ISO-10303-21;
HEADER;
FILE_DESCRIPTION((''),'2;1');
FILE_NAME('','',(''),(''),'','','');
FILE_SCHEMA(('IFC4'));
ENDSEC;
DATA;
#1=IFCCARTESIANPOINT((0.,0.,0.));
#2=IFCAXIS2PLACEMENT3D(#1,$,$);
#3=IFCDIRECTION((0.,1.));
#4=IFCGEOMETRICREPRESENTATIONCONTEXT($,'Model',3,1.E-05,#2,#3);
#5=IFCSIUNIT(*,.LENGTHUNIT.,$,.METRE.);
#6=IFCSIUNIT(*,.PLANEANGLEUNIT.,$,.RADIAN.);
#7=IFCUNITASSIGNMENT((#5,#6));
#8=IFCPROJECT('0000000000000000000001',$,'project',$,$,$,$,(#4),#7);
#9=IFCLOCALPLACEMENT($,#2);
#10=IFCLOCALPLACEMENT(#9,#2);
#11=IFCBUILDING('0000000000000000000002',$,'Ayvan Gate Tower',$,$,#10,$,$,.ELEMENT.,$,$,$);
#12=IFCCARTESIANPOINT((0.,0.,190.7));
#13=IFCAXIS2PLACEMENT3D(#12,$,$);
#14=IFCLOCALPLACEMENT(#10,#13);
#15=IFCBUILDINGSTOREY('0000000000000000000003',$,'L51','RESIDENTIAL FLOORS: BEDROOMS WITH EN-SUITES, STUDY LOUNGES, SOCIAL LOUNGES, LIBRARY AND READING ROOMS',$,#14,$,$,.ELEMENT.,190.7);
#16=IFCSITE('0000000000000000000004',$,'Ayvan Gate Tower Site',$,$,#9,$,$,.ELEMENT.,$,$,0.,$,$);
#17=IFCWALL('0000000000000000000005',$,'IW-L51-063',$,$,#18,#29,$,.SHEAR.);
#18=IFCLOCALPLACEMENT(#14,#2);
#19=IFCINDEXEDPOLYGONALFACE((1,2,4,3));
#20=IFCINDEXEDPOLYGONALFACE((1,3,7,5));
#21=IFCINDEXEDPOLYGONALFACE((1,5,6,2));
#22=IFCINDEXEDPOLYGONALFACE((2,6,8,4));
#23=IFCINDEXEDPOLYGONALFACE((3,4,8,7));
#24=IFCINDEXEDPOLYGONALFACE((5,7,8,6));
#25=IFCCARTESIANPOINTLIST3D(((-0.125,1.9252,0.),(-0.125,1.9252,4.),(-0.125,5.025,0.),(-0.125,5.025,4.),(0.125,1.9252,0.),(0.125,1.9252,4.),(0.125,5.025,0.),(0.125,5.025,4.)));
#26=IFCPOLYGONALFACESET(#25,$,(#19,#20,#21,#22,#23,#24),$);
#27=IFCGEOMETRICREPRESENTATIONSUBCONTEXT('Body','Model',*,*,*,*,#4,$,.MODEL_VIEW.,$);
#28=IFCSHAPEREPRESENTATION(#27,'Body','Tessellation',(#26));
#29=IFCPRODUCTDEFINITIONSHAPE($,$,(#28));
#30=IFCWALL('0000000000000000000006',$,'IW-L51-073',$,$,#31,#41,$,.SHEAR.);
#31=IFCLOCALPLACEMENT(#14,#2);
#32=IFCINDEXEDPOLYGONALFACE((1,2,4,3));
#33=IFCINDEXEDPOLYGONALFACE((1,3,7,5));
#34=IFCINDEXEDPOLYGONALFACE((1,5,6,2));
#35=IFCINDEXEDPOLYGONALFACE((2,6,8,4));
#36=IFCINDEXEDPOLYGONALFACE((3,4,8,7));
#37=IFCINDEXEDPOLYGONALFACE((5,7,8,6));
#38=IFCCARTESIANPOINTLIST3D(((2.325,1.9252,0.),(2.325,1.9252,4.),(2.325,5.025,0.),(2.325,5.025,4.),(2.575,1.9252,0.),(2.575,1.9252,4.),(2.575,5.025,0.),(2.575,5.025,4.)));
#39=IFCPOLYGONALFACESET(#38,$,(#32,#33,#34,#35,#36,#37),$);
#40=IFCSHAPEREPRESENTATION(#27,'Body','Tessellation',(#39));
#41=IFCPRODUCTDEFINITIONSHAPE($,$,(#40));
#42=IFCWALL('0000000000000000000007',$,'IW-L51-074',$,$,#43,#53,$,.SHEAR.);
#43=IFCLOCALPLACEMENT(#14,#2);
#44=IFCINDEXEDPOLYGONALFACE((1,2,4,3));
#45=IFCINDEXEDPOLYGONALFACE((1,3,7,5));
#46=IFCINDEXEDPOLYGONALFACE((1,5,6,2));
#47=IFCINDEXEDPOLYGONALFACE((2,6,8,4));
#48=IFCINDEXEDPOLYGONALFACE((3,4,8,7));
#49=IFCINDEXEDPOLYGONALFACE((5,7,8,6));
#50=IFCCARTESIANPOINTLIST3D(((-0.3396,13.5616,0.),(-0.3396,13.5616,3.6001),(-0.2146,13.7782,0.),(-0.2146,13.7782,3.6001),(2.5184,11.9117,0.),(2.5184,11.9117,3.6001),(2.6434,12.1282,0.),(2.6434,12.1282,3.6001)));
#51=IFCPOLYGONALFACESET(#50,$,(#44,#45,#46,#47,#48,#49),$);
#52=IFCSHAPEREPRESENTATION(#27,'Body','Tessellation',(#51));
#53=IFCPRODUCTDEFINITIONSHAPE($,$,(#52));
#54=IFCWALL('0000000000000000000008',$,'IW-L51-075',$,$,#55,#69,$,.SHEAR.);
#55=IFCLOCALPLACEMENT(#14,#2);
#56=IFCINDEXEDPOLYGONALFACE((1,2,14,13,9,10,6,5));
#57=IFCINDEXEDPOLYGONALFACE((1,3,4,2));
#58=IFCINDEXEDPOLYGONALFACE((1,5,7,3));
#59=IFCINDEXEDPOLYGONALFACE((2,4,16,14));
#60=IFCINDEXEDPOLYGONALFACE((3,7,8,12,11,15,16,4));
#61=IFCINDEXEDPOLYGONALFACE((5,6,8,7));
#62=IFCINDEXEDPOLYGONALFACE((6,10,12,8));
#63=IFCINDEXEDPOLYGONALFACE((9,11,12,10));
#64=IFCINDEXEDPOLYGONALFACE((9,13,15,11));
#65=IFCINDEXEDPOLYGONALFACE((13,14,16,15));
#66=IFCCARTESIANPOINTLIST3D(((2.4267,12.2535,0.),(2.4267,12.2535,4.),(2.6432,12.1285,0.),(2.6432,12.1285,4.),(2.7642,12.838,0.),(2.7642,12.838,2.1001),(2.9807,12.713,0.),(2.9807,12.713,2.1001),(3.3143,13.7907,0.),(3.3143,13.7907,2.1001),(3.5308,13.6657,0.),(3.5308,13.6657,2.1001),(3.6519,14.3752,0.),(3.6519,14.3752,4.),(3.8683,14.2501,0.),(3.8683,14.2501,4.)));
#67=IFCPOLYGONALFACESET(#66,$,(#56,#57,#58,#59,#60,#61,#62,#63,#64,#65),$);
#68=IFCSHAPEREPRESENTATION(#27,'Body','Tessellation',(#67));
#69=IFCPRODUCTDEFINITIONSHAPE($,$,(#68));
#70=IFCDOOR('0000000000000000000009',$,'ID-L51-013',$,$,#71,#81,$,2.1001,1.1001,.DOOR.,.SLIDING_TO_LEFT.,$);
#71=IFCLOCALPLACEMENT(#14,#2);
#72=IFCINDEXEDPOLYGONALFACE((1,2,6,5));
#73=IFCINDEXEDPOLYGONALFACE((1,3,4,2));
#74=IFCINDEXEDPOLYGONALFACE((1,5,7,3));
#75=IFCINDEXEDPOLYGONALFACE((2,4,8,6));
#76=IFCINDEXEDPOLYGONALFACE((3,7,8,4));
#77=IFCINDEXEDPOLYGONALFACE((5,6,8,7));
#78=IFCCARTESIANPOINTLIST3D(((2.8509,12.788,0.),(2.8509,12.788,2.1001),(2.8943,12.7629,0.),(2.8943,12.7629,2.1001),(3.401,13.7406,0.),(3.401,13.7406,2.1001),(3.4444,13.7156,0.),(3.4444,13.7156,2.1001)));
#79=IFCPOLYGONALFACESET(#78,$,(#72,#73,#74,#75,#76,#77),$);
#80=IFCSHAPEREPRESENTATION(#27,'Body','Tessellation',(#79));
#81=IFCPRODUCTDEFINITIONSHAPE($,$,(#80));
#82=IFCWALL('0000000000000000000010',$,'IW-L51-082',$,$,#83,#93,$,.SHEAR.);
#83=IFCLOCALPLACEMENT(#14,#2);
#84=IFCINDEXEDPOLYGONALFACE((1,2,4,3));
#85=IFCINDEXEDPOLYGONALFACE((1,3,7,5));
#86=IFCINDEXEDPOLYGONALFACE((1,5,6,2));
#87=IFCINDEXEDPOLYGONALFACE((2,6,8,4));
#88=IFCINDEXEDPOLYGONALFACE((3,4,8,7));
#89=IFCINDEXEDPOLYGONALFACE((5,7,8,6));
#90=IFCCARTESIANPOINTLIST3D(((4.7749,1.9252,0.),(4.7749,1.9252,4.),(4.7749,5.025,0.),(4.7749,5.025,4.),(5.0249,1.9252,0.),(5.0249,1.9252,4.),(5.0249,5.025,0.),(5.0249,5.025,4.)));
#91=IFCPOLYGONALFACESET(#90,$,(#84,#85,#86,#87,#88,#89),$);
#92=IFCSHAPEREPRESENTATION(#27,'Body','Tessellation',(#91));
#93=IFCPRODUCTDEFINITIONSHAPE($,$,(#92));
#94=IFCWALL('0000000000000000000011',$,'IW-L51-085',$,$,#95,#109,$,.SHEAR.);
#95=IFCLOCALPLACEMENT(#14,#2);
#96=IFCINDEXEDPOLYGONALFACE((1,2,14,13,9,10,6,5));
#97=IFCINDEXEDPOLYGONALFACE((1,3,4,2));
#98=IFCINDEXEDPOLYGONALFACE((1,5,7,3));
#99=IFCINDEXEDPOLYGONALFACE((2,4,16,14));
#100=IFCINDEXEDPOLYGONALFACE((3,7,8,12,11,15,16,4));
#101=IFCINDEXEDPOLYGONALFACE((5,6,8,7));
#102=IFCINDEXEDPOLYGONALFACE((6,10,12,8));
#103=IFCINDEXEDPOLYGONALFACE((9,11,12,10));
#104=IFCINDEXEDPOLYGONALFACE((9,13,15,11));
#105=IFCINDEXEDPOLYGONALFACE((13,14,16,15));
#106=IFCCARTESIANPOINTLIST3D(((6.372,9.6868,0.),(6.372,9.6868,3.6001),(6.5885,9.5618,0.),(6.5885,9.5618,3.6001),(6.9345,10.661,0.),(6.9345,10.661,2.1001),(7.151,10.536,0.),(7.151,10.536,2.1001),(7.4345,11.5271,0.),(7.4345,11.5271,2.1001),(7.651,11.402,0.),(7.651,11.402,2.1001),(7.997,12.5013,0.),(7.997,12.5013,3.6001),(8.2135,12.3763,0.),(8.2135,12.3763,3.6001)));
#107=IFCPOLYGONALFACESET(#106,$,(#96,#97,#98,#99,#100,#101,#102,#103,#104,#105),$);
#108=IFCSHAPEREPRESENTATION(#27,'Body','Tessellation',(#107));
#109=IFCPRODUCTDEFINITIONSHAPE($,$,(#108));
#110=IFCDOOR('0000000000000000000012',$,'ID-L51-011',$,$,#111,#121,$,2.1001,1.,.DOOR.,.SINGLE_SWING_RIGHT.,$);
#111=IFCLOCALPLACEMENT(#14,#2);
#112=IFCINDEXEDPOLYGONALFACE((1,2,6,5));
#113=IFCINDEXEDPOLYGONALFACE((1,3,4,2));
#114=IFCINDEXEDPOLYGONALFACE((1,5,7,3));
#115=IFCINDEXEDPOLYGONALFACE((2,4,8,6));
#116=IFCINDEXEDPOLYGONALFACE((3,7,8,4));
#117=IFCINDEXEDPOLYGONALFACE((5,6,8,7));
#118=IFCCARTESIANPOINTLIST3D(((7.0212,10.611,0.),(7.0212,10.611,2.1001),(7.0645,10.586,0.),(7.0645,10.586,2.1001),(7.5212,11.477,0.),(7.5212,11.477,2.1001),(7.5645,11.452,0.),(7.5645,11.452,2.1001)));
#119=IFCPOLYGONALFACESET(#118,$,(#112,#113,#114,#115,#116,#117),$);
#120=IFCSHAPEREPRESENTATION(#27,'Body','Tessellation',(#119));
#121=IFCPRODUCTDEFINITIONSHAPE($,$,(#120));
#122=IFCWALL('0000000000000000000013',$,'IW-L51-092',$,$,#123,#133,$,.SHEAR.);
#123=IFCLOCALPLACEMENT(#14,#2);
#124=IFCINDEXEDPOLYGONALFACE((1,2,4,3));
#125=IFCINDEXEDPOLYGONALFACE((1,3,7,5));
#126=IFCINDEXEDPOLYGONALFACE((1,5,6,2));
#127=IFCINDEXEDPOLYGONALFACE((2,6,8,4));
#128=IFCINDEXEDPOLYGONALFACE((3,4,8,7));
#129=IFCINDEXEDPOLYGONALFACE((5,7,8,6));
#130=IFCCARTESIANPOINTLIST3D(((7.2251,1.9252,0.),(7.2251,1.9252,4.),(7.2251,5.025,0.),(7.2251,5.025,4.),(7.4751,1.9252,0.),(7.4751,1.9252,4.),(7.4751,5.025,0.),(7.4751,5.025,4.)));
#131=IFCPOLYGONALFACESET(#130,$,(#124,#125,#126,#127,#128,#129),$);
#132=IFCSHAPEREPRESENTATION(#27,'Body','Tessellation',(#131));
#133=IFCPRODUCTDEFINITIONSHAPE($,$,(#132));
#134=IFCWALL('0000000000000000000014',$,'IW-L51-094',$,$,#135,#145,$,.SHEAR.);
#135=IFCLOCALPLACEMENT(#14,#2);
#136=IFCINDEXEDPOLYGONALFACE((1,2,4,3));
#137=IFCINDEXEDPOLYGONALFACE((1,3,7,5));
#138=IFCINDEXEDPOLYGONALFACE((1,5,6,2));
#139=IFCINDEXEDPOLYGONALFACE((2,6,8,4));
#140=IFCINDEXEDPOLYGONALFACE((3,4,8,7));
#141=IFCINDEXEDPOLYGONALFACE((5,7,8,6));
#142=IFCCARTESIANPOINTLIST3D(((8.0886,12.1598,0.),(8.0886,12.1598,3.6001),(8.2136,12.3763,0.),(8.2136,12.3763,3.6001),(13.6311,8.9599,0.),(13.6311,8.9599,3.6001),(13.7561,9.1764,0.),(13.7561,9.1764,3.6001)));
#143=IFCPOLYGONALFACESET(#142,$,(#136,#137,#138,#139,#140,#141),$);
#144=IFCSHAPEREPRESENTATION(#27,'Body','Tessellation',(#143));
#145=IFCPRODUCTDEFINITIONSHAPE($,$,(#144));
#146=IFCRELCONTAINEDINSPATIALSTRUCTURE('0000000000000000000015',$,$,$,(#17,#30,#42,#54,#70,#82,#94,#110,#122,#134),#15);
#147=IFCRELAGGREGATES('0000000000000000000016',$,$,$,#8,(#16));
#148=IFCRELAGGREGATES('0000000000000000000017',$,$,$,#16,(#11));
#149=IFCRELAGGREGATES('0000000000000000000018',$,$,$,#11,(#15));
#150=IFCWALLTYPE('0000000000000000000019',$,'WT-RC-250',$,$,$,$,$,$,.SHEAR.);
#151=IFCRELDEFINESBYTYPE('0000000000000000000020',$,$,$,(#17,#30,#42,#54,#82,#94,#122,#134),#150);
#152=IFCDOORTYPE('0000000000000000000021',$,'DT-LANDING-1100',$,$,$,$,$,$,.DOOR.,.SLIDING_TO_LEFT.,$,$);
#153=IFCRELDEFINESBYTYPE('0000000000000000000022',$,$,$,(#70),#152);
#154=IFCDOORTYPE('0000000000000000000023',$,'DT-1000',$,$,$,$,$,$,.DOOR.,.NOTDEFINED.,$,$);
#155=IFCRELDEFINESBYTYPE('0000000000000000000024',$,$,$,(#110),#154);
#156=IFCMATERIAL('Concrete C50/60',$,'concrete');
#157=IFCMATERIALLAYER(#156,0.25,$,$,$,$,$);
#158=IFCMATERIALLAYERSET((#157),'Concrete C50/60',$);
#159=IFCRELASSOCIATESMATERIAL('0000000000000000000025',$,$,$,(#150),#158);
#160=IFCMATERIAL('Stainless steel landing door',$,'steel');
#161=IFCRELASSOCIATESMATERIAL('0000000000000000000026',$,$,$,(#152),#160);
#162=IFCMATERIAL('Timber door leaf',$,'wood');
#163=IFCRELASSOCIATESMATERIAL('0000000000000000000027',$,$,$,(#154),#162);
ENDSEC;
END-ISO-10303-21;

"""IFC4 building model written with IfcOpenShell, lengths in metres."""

from ifc_helpers import new_model, si_unit, direction, frame, frame_2d, origin, place, context, subcontext, project, spatial, rectangle, extrude, material, layer, layer_set, type_object, element, fill, save


model = new_model("IFC4")

# Units and contexts
model_context = context("Model", 3, precision=1e-05, world=origin(), true_north=direction((0.0, 1.0)))
body_context = subcontext(model_context, "Body", "Model", "MODEL_VIEW")
ifc_project = project(units=[si_unit("LENGTHUNIT", "METRE"), si_unit("PLANEANGLEUNIT", "RADIAN")], contexts=[model_context])

# Site, building, storey
site_placement = place(None, origin())
site = spatial("IfcSite", under=ifc_project, at=site_placement, Name="Ayvan Gate Tower Site", CompositionType="ELEMENT", RefElevation=0.0)
building_placement = place(site_placement, origin())
building = spatial("IfcBuilding", under=site, at=building_placement, Name="Ayvan Gate Tower", CompositionType="ELEMENT")
storey_placement = place(building_placement, frame((0.0, 0.0, 190.7)))
storey = spatial("IfcBuildingStorey", under=building, at=storey_placement, Name="L51", Description="RESIDENTIAL FLOORS: BEDROOMS WITH EN-SUITES, STUDY LOUNGES, SOCIAL LOUNGES, LIBRARY AND READING ROOMS", CompositionType="ELEMENT", Elevation=190.7)

# Shared definitions
ifc_material_1 = material(Name="Timber door leaf", Category="wood")

# Walls
ifc_material_2 = material(Name="Concrete C50/60", Category="concrete")
ifc_layer_1 = layer(ifc_material_2, 0.25)
ifc_layer_set_1 = layer_set([ifc_layer_1], Name="Concrete C50/60")
wall_type_1 = type_object("IfcWallType", Name="WT-RC-250", PredefinedType="SHEAR", material=ifc_layer_set_1)
for number, where, z_axis, x_axis, name in (
    (1, (0.0, 5.0249, 0.0), (0.0, 0.0, 1.0), (0.0, -1.0, 0.0), "IW-L51-063"),
    (2, (2.45, 5.0249, 0.0), (0.0, 0.0, 1.0), (0.0, -1.0, 0.0), "IW-L51-073"),
):
    element("IfcWall", number, at=place(storey_placement, frame(where, z_axis=z_axis, x_axis=x_axis)), inside=storey, type_object=wall_type_1, Name=name, PredefinedType="SHEAR", context=body_context, shape_type="SweptSolid", body=[
        extrude(rectangle(XDim=3.0999, YDim=0.25, at=frame_2d((1.5498, 0.0))), origin(), (0.0, 0.0, 1.0), 4.0),
    ])
wall_1_placement = place(storey_placement, frame((2.5808, 12.02, 0.0), z_axis=(0.0, 0.0, 1.0), x_axis=(-0.86604, 0.499974, 0.0)))
element("IfcWall", 3, at=wall_1_placement, inside=storey, type_object=wall_type_1, Name="IW-L51-074", PredefinedType="SHEAR", context=body_context, shape_type="SweptSolid", body=[
    extrude(rectangle(XDim=3.3, YDim=0.25, at=frame_2d((1.6499, 0.0))), origin(), (0.0, 0.0, 1.0), 3.6001),
])

# Wall, opening, door
wall_2_placement = place(storey_placement, frame((2.5349, 12.1909, 0.0), z_axis=(0.0, 0.0, 1.0), x_axis=(0.500062, 0.86599, 0.0)))
wall_2 = element("IfcWall", 4, at=wall_2_placement, inside=storey, type_object=wall_type_1, Name="IW-L51-075", PredefinedType="SHEAR", context=body_context, shape_type="SweptSolid", body=[
    extrude(rectangle(XDim=2.45, YDim=0.25, at=frame_2d((1.2251, 0.0))), origin(), (0.0, 0.0, 1.0), 4.0),
])
opening_1_placement = place(wall_2_placement, frame((0.675, 0.0, 0.0)))
opening_1 = element("IfcOpeningElement", 5, at=opening_1_placement, cuts=wall_2, PredefinedType="OPENING", context=body_context, shape_type="SweptSolid", body=[
    extrude(rectangle(XDim=1.1001, YDim=2.1001, at=frame_2d((0.55, 1.05))), frame((0.0, 0.135, 0.0), z_axis=(0.0, -1.0, 0.0), x_axis=(1.0, 0.0, 0.0)), (0.0, 0.0, 1.0), 0.27),
])
ifc_material_3 = material(Name="Stainless steel landing door", Category="steel")
door_type_1 = type_object("IfcDoorType", Name="DT-LANDING-1100", OperationType="SLIDING_TO_LEFT", PredefinedType="DOOR", material=ifc_material_3)
door_1_placement = place(opening_1_placement, origin())
door_1 = element("IfcDoor", 6, at=door_1_placement, inside=storey, type_object=door_type_1, Name="ID-L51-013", OperationType="SLIDING_TO_LEFT", OverallHeight=2.1001, OverallWidth=1.1001, PredefinedType="DOOR", context=body_context, shape_type="SweptSolid", body=[
    extrude(rectangle(XDim=1.1001, YDim=2.1001, at=frame_2d((0.55, 1.05))), frame((0.0, 0.0249, 0.0), z_axis=(0.0, -1.0, 0.0), x_axis=(1.0, 0.0, 0.0)), (0.0, 0.0, 1.0), 0.05),
])
fill(opening_1, door_1)

# Wall
wall_3_placement = place(storey_placement, frame((4.8999, 5.0249, 0.0), z_axis=(0.0, 0.0, 1.0), x_axis=(0.0, -1.0, 0.0)))
element("IfcWall", 7, at=wall_3_placement, inside=storey, type_object=wall_type_1, Name="IW-L51-082", PredefinedType="SHEAR", context=body_context, shape_type="SweptSolid", body=[
    extrude(rectangle(XDim=3.0999, YDim=0.25, at=frame_2d((1.5498, 0.0))), origin(), (0.0, 0.0, 1.0), 4.0),
])

# Wall, opening, door
wall_4_placement = place(storey_placement, frame((6.4802, 9.6243, 0.0), z_axis=(0.0, 0.0, 1.0), x_axis=(0.500017, 0.866015, 0.0)))
wall_4 = element("IfcWall", 8, at=wall_4_placement, inside=storey, type_object=wall_type_1, Name="IW-L51-085", PredefinedType="SHEAR", context=body_context, shape_type="SweptSolid", body=[
    extrude(rectangle(XDim=3.25, YDim=0.25, at=frame_2d((1.625, 0.0))), origin(), (0.0, 0.0, 1.0), 3.6001),
])
opening_2_placement = place(wall_4_placement, frame((1.125, 0.0, 0.0)))
opening_2 = element("IfcOpeningElement", 9, at=opening_2_placement, cuts=wall_4, PredefinedType="OPENING", context=body_context, shape_type="SweptSolid", body=[
    extrude(rectangle(XDim=1.0, YDim=2.1001, at=frame_2d((0.5, 1.05))), frame((0.0, 0.135, 0.0), z_axis=(0.0, -1.0, 0.0), x_axis=(1.0, 0.0, 0.0)), (0.0, 0.0, 1.0), 0.27),
])
door_type_2 = type_object("IfcDoorType", Name="DT-1000", OperationType="NOTDEFINED", PredefinedType="DOOR", material=ifc_material_1)
door_2_placement = place(opening_2_placement, origin())
door_2 = element("IfcDoor", 10, at=door_2_placement, inside=storey, type_object=door_type_2, Name="ID-L51-011", OperationType="SINGLE_SWING_RIGHT", OverallHeight=2.1001, OverallWidth=1.0, PredefinedType="DOOR", context=body_context, shape_type="SweptSolid", body=[
    extrude(rectangle(XDim=1.0, YDim=2.1001, at=frame_2d((0.5, 1.05))), frame((0.0, 0.0249, 0.0), z_axis=(0.0, -1.0, 0.0), x_axis=(1.0, 0.0, 0.0)), (0.0, 0.0, 1.0), 0.05),
])
fill(opening_2, door_2)

# Walls
wall_5_placement = place(storey_placement, frame((7.3501, 5.0249, 0.0), z_axis=(0.0, 0.0, 1.0), x_axis=(0.0, -1.0, 0.0)))
element("IfcWall", 11, at=wall_5_placement, inside=storey, type_object=wall_type_1, Name="IW-L51-092", PredefinedType="SHEAR", context=body_context, shape_type="SweptSolid", body=[
    extrude(rectangle(XDim=3.0999, YDim=0.25, at=frame_2d((1.5498, 0.0))), origin(), (0.0, 0.0, 1.0), 4.0),
])
wall_6_placement = place(storey_placement, frame((8.1511, 12.2681, 0.0), z_axis=(0.0, 0.0, 1.0), x_axis=(0.866025, -0.5, 0.0)))
element("IfcWall", 12, at=wall_6_placement, inside=storey, type_object=wall_type_1, Name="IW-L51-094", PredefinedType="SHEAR", context=body_context, shape_type="SweptSolid", body=[
    extrude(rectangle(XDim=6.3999, YDim=0.25, at=frame_2d((3.2, 0.0))), origin(), (0.0, 0.0, 1.0), 3.6001),
])

save(model, "model.ifc")
